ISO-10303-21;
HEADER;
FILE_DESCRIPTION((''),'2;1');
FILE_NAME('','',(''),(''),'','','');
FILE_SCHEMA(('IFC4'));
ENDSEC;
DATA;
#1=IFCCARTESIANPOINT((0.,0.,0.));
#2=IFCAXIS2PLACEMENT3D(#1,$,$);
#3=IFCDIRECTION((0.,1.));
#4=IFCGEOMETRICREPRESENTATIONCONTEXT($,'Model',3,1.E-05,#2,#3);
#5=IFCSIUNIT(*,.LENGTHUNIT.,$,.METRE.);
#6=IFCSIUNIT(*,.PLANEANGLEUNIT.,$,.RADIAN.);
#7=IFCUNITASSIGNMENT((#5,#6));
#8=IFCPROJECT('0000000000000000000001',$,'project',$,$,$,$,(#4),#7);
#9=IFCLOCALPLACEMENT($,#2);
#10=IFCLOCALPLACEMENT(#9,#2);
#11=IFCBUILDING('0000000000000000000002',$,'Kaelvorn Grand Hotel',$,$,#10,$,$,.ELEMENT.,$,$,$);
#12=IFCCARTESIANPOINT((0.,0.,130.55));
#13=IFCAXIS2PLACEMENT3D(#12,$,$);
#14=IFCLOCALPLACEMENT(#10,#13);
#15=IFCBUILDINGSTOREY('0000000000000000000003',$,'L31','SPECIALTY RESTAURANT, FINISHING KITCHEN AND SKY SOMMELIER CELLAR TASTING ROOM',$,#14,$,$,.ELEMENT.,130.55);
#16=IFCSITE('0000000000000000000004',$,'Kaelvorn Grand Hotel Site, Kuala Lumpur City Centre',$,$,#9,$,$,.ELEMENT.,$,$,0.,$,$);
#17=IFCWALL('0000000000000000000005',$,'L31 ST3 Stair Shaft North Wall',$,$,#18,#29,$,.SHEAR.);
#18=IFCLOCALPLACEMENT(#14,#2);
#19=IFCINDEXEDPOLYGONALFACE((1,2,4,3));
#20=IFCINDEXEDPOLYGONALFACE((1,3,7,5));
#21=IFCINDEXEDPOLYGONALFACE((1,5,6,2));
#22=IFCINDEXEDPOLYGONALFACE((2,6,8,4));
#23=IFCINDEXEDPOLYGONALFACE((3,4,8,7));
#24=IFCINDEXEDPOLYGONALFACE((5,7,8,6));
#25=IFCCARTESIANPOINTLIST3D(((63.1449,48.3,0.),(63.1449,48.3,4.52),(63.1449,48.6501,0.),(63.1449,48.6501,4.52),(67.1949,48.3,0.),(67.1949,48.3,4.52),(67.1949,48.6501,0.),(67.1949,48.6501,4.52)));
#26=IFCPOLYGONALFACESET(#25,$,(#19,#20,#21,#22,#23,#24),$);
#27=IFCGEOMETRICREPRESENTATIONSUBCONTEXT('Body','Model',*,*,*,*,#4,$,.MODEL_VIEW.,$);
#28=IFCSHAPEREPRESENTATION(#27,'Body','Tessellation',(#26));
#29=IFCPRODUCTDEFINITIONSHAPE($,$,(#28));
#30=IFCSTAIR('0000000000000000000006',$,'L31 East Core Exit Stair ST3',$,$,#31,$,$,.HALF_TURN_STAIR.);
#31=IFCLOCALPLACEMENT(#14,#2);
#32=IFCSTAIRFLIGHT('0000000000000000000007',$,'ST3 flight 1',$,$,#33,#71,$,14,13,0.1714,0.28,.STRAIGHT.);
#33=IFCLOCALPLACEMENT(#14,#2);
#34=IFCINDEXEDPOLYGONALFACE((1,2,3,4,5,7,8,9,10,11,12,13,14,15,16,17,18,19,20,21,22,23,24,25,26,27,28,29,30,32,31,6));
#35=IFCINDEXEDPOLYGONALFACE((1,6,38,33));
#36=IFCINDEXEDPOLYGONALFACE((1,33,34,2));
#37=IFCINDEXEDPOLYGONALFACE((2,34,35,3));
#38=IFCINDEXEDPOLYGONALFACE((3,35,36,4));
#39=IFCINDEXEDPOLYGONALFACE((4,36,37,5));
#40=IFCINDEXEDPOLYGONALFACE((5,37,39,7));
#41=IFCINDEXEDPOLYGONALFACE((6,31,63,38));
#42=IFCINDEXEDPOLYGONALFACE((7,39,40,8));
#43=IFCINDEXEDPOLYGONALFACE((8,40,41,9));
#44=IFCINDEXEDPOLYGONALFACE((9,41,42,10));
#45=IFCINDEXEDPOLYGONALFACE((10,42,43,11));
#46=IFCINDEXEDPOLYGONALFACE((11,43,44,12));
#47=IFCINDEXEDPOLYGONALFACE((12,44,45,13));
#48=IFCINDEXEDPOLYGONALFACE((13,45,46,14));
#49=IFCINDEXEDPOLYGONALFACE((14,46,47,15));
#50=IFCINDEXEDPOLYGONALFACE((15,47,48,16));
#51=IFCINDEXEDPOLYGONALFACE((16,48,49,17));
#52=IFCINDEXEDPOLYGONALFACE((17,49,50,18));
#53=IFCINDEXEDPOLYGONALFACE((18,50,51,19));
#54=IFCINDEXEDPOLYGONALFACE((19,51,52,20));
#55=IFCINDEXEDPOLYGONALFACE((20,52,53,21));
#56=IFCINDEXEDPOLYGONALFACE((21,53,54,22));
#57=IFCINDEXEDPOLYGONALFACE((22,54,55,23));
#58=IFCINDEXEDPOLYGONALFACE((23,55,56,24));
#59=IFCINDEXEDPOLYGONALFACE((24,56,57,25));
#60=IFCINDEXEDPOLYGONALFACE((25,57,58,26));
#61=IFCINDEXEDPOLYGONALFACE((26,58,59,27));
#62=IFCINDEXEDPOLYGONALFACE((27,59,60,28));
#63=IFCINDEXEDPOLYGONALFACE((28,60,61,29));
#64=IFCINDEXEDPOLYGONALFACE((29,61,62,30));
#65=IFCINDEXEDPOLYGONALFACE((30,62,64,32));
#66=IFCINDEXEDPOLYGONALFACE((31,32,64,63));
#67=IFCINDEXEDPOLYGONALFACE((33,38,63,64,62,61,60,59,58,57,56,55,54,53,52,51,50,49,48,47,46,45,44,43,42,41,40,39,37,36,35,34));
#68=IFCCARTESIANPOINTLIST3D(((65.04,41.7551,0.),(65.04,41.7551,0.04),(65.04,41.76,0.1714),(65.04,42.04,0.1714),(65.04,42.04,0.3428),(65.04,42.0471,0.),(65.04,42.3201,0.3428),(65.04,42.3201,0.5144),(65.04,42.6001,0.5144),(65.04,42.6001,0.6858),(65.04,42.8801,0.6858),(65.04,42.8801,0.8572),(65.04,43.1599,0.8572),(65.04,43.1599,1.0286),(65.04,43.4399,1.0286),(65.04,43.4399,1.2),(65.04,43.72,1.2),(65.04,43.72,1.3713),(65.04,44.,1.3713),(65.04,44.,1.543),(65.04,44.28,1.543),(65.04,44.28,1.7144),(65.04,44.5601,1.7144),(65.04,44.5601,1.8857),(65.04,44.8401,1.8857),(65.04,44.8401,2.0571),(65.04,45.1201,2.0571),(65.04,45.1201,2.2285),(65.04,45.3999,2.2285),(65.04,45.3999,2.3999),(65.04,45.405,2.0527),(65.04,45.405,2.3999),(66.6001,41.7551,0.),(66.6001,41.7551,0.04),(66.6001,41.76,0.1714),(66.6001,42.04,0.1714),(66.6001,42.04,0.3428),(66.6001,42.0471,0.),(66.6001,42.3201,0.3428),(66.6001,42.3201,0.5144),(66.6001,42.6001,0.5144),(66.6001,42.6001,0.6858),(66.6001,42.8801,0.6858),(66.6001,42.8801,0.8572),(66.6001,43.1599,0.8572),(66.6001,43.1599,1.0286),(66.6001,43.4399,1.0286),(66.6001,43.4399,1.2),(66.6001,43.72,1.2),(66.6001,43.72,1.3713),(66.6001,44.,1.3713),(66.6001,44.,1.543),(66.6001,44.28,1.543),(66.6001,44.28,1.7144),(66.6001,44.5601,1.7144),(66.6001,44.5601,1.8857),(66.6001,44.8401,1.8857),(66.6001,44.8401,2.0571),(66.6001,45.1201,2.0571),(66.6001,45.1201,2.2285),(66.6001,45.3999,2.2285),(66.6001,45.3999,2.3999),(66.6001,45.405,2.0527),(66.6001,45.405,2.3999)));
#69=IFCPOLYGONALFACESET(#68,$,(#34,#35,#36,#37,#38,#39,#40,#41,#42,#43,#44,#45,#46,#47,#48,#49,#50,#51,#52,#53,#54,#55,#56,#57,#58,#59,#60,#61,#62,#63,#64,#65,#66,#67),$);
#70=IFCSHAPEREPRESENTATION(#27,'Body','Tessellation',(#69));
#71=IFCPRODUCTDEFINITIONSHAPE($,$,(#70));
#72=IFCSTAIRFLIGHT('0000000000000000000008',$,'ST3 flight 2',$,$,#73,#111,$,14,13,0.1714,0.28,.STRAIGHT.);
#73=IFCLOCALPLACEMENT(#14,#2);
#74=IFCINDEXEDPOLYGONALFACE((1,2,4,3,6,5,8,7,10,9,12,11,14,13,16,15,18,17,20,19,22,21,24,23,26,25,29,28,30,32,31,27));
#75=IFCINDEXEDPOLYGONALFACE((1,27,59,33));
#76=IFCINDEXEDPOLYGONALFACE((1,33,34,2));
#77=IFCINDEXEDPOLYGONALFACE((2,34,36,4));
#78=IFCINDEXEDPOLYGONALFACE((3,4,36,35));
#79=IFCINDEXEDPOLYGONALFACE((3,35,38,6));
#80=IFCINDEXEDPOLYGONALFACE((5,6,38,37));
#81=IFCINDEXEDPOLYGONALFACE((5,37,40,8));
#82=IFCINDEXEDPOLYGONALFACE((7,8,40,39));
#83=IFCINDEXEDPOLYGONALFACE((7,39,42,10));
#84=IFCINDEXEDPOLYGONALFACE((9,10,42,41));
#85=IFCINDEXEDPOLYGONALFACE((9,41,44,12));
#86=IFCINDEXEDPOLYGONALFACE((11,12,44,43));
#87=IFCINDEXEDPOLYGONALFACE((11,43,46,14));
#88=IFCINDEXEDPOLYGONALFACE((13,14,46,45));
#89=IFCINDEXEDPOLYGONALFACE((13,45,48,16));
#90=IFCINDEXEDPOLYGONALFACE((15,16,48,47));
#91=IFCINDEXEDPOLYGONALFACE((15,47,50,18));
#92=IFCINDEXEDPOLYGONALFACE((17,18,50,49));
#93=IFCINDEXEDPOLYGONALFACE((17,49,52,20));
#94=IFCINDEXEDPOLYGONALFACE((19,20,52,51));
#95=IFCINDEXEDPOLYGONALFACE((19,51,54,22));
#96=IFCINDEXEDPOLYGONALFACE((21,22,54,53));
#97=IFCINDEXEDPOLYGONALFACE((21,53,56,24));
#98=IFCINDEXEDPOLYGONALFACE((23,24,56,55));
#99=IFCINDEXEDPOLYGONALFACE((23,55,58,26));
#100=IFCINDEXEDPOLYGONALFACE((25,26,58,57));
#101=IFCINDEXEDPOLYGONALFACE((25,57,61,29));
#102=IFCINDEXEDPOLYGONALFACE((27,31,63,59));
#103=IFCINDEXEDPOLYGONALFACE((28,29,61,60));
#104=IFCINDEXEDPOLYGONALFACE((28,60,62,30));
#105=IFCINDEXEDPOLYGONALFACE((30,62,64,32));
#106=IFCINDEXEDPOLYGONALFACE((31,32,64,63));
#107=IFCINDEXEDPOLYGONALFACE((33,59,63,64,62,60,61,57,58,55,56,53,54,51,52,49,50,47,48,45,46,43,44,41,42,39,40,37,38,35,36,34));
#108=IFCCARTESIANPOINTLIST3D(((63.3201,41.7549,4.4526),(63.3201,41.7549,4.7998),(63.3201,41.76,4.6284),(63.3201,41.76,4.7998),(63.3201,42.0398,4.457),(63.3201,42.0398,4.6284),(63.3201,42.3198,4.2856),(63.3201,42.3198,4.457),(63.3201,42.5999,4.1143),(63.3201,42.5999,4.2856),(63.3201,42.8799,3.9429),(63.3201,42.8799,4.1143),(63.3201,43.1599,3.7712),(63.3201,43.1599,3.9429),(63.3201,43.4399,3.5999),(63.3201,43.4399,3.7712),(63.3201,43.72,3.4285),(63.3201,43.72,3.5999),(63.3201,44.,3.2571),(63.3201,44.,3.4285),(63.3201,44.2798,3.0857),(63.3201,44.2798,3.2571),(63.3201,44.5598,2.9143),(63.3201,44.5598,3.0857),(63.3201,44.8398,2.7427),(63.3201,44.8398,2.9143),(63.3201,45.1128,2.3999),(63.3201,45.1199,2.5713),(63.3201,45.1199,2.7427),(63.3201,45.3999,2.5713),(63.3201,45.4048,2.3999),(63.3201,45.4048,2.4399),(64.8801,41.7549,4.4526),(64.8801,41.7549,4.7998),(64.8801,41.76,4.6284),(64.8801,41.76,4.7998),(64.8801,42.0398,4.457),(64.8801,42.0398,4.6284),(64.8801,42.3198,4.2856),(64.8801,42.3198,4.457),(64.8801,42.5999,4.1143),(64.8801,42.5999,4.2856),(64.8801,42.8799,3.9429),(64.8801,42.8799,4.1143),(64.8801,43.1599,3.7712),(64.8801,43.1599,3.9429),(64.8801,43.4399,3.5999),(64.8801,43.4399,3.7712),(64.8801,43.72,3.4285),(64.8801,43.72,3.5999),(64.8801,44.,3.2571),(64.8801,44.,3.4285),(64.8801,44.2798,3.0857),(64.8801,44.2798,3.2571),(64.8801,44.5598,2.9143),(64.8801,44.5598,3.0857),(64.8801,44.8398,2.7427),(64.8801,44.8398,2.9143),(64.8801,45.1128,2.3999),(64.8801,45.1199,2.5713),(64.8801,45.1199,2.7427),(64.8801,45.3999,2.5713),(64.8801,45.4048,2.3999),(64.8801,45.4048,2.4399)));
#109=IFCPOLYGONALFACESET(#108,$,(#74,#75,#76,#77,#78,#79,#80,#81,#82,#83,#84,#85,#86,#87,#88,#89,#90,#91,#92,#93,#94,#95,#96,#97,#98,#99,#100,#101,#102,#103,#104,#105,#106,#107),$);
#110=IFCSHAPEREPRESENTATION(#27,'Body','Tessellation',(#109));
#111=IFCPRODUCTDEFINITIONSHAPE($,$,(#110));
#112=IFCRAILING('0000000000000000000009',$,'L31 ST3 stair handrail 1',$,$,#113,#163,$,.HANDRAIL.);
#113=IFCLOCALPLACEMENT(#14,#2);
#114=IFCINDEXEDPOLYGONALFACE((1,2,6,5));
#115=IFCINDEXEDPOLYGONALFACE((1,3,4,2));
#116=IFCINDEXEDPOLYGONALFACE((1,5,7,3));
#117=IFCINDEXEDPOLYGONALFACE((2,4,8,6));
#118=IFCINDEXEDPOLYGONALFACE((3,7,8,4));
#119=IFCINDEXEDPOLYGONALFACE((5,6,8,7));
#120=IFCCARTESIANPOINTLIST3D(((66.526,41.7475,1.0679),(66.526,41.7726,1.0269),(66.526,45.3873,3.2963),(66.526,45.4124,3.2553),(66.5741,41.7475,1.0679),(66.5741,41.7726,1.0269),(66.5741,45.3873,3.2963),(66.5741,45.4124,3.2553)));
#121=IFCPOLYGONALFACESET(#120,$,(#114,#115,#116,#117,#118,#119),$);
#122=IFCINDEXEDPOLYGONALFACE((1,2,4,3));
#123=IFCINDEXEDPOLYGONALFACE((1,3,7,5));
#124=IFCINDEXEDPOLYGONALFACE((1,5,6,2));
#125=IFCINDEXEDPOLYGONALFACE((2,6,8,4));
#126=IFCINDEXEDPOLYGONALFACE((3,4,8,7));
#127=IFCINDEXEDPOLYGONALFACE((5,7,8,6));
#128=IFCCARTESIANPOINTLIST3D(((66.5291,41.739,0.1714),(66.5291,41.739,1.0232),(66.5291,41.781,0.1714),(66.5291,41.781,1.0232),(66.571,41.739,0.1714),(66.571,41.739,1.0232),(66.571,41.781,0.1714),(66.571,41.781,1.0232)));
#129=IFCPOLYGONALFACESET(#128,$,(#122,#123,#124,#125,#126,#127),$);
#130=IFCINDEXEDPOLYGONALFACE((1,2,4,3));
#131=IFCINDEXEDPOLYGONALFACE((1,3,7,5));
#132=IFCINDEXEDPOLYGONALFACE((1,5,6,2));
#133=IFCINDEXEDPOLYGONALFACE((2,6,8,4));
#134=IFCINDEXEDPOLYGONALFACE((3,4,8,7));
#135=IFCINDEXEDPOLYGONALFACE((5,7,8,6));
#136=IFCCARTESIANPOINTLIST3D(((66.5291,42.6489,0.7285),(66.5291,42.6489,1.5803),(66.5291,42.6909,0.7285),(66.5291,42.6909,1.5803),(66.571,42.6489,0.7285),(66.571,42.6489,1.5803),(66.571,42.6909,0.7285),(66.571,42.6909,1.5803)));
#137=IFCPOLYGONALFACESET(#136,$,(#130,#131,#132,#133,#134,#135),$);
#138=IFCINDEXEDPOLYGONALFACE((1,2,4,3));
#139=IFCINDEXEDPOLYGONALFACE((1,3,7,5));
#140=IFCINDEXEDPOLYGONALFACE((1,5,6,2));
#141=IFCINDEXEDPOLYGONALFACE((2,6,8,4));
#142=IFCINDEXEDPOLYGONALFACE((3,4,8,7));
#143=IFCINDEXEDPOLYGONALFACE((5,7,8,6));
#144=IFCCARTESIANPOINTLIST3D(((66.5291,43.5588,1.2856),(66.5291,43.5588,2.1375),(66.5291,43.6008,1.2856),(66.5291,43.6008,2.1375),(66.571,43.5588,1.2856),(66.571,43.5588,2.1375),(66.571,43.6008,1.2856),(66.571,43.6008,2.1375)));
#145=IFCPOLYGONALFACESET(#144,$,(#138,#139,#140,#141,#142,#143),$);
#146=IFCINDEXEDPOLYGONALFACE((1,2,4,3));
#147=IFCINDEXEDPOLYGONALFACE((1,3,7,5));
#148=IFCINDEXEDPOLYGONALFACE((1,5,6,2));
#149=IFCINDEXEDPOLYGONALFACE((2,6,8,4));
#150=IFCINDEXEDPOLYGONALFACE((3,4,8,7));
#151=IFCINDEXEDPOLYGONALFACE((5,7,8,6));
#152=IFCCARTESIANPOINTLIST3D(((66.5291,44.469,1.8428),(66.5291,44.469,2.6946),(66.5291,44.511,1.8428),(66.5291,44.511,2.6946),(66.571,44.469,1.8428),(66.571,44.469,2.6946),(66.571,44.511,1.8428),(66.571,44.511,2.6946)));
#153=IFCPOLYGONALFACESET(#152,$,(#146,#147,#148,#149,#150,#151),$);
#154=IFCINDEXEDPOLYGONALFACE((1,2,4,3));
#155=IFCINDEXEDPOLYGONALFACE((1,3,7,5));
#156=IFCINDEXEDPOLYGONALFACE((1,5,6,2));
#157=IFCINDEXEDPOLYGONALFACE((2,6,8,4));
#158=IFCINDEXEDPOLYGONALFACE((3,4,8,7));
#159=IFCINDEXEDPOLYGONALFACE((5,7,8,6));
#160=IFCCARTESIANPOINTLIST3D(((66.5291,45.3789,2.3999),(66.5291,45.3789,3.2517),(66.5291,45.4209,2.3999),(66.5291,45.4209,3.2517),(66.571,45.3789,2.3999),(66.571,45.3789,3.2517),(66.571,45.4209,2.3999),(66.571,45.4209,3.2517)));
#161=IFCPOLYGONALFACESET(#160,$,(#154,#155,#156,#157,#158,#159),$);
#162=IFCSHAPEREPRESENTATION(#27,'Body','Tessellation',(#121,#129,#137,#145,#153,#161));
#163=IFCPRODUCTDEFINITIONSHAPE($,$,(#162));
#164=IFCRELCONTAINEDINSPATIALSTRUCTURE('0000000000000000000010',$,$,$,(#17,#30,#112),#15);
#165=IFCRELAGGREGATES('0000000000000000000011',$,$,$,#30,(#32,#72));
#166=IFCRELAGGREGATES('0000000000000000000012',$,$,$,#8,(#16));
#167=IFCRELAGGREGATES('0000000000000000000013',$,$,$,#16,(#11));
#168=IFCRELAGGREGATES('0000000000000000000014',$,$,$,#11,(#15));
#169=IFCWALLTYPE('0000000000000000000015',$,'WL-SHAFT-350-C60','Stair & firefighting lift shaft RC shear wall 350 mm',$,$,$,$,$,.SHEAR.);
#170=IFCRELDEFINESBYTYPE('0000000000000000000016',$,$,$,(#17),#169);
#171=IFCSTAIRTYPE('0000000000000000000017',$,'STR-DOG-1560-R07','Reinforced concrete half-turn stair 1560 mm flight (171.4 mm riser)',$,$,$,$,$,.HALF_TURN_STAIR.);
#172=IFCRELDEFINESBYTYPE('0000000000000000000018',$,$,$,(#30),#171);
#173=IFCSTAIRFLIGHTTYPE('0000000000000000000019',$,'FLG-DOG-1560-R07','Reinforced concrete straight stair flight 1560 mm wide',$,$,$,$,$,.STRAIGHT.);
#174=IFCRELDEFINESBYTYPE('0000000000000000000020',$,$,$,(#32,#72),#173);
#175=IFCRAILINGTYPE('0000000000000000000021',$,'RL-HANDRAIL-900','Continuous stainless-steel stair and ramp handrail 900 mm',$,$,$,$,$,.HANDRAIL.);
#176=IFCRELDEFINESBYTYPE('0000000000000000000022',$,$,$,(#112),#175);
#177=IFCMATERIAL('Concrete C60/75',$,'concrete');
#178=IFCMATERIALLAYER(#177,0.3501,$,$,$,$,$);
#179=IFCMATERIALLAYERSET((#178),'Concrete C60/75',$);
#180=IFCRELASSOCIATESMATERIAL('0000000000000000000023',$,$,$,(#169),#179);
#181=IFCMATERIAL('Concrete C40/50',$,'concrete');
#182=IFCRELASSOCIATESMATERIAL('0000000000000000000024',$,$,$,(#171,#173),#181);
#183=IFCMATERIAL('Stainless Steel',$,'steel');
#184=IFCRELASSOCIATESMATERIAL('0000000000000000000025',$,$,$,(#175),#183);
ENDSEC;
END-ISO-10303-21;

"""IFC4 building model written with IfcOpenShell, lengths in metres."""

from ifc_helpers import new_model, si_unit, direction, frame, frame_2d, origin, origin_2d, place, context, subcontext, project, spatial, polyline, rectangle, outline, extrude, material, layer, layer_set, type_object, element, aggregate, save


model = new_model("IFC4")

# Units and contexts
model_context = context("Model", 3, precision=1e-05, world=origin(), true_north=direction((0.0, 1.0)))
body_context = subcontext(model_context, "Body", "Model", "MODEL_VIEW")
ifc_project = project(units=[si_unit("LENGTHUNIT", "METRE"), si_unit("PLANEANGLEUNIT", "RADIAN")], contexts=[model_context])

# Site, building, storey
site_placement = place(None, origin())
site = spatial("IfcSite", under=ifc_project, at=site_placement, Name="Kaelvorn Grand Hotel Site, Kuala Lumpur City Centre", CompositionType="ELEMENT", RefElevation=0.0)
building_placement = place(site_placement, origin())
building = spatial("IfcBuilding", under=site, at=building_placement, Name="Kaelvorn Grand Hotel", CompositionType="ELEMENT")
storey_placement = place(building_placement, frame((0.0, 0.0, 130.55)))
storey = spatial("IfcBuildingStorey", under=building, at=storey_placement, Name="L31", Description="SPECIALTY RESTAURANT, FINISHING KITCHEN AND SKY SOMMELIER CELLAR TASTING ROOM", CompositionType="ELEMENT", Elevation=130.55)

# Shared definitions
ifc_material_1 = material(Name="Concrete C60/75", Category="concrete")

# Shared definitions
ifc_material_2 = material(Name="Concrete C40/50", Category="concrete")

# Shared definitions
ifc_material_3 = material(Name="Stainless Steel", Category="steel")

# Wall
ifc_layer_1 = layer(ifc_material_1, 0.3501)
ifc_layer_set_1 = layer_set([ifc_layer_1], Name="Concrete C60/75")
wall_type_1 = type_object("IfcWallType", Name="WL-SHAFT-350-C60", Description="Stair & firefighting lift shaft RC shear wall 350 mm", PredefinedType="SHEAR", material=ifc_layer_set_1)
wall_1_placement = place(storey_placement, frame((63.145, 48.4751, 0.0), z_axis=(0.0, 0.0, 1.0), x_axis=(1.0, 0.0, 0.0)))
element("IfcWall", 1, at=wall_1_placement, inside=storey, type_object=wall_type_1, Name="L31 ST3 Stair Shaft North Wall", PredefinedType="SHEAR", context=body_context, shape_type="SweptSolid", body=[
    extrude(rectangle(XDim=4.05, YDim=0.3501, at=frame_2d((2.0249, 0.0))), origin(), (0.0, 0.0, 1.0), 4.52),
])

# Stair, stair flights
stair_type = type_object("IfcStairType", Name="STR-DOG-1560-R07", Description="Reinforced concrete half-turn stair 1560 mm flight (171.4 mm riser)", PredefinedType="HALF_TURN_STAIR", material=ifc_material_2)
stair_placement = place(storey_placement, origin())
stair = element("IfcStair", 2, at=stair_placement, inside=storey, type_object=stair_type, Name="L31 East Core Exit Stair ST3", PredefinedType="HALF_TURN_STAIR")
stair_flight_type = type_object("IfcStairFlightType", Name="FLG-DOG-1560-R07", Description="Reinforced concrete straight stair flight 1560 mm wide", PredefinedType="STRAIGHT", material=ifc_material_2)
stair_flight_1_placement = place(storey_placement, frame((65.8201, 41.76, 0.0), z_axis=(0.0, 0.0, 1.0), x_axis=(0.0, 1.0, 0.0)))
stair_flight_1 = element("IfcStairFlight", 3, at=stair_flight_1_placement, type_object=stair_flight_type, Name="ST3 flight 1", NumberOfRisers=14, NumberOfTreads=13, PredefinedType="STRAIGHT", RiserHeight=0.1714, TreadLength=0.28, context=body_context, shape_type="SweptSolid", body=[
    extrude(outline(polyline([(-0.0049, 0.0), (-0.0049, 0.04), (0.0, 0.1714), (0.28, 0.1714), (0.28, 0.3428), (0.5601, 0.3428), (0.5601, 0.5144), (0.8401, 0.5144), (0.8401, 0.6858), (1.1201, 0.6858), (1.1201, 0.8572), (1.3999, 0.8572), (1.3999, 1.0286), (1.6799, 1.0286), (1.6799, 1.2), (1.96, 1.2), (1.96, 1.3713), (2.24, 1.3713), (2.24, 1.543), (2.52, 1.543), (2.52, 1.7144), (2.8, 1.7144), (2.8, 1.8857), (3.0801, 1.8857), (3.0801, 2.0571), (3.3601, 2.0571), (3.3601, 2.2285), (3.6399, 2.2285), (3.6399, 2.3999), (3.645, 2.3999), (3.645, 2.0527), (0.2871, 0.0), (-0.0049, 0.0)])), frame((0.0, 0.78, 0.0), z_axis=(0.0, -1.0, 0.0), x_axis=(1.0, 0.0, 0.0)), (0.0, 0.0, 1.0), 1.5601),
])
stair_flight_2_placement = place(storey_placement, frame((64.1001, 45.3999, 2.3999), z_axis=(0.0, 0.0, 1.0), x_axis=(0.0, -1.0, 0.0)))
stair_flight_2 = element("IfcStairFlight", 4, at=stair_flight_2_placement, type_object=stair_flight_type, Name="ST3 flight 2", NumberOfRisers=14, NumberOfTreads=13, PredefinedType="STRAIGHT", RiserHeight=0.1714, TreadLength=0.28, context=body_context, shape_type="SweptSolid", body=[
    extrude(outline(polyline([(-0.0049, 0.0), (-0.0049, 0.04), (0.0, 0.1714), (0.28, 0.1714), (0.28, 0.3428), (0.5601, 0.3428), (0.5601, 0.5144), (0.8401, 0.5144), (0.8401, 0.6858), (1.1201, 0.6858), (1.1201, 0.8572), (1.3999, 0.8572), (1.3999, 1.0286), (1.6799, 1.0286), (1.6799, 1.2), (1.96, 1.2), (1.96, 1.3713), (2.24, 1.3713), (2.24, 1.543), (2.52, 1.543), (2.52, 1.7144), (2.8, 1.7144), (2.8, 1.8857), (3.0801, 1.8857), (3.0801, 2.0571), (3.3601, 2.0571), (3.3601, 2.2285), (3.6399, 2.2285), (3.6399, 2.3999), (3.645, 2.3999), (3.645, 2.0527), (0.2871, 0.0), (-0.0049, 0.0)])), frame((0.0, 0.78, 0.0), z_axis=(0.0, -1.0, 0.0), x_axis=(1.0, 0.0, 0.0)), (0.0, 0.0, 1.0), 1.5601),
])
aggregate(stair, [stair_flight_1, stair_flight_2])

# Railing
railing_type_1 = type_object("IfcRailingType", Name="RL-HANDRAIL-900", Description="Continuous stainless-steel stair and ramp handrail 900 mm", PredefinedType="HANDRAIL", material=ifc_material_3)
railing_1_placement = place(storey_placement, frame((66.55, 41.76, 0.1714)))
element("IfcRailing", 5, at=railing_1_placement, inside=storey, type_object=railing_type_1, Name="L31 ST3 stair handrail 1", PredefinedType="HANDRAIL", context=body_context, shape_type="SweptSolid", body=[
    extrude(rectangle(XDim=0.0481, YDim=0.0481, at=origin_2d()), frame((0.0, 0.0, 0.876), z_axis=(0.0, 0.85285, 0.522156), x_axis=(-1.0, 0.0, 0.0)), (0.0, 0.0, 1.0), 4.2678),
    extrude(rectangle(XDim=0.042, YDim=0.042, at=origin_2d()), origin(), (0.0, 0.0, 1.0), 0.8518),
    extrude(rectangle(XDim=0.042, YDim=0.042, at=origin_2d()), frame((0.0, 0.9099, 0.5571)), (0.0, 0.0, 1.0), 0.8518),
    extrude(rectangle(XDim=0.042, YDim=0.042, at=origin_2d()), frame((0.0, 1.8198, 1.1143)), (0.0, 0.0, 1.0), 0.8518),
    extrude(rectangle(XDim=0.042, YDim=0.042, at=origin_2d()), frame((0.0, 2.73, 1.6714)), (0.0, 0.0, 1.0), 0.8518),
    extrude(rectangle(XDim=0.042, YDim=0.042, at=origin_2d()), frame((0.0, 3.6399, 2.2285)), (0.0, 0.0, 1.0), 0.8518),
])

save(model, "model.ifc")
